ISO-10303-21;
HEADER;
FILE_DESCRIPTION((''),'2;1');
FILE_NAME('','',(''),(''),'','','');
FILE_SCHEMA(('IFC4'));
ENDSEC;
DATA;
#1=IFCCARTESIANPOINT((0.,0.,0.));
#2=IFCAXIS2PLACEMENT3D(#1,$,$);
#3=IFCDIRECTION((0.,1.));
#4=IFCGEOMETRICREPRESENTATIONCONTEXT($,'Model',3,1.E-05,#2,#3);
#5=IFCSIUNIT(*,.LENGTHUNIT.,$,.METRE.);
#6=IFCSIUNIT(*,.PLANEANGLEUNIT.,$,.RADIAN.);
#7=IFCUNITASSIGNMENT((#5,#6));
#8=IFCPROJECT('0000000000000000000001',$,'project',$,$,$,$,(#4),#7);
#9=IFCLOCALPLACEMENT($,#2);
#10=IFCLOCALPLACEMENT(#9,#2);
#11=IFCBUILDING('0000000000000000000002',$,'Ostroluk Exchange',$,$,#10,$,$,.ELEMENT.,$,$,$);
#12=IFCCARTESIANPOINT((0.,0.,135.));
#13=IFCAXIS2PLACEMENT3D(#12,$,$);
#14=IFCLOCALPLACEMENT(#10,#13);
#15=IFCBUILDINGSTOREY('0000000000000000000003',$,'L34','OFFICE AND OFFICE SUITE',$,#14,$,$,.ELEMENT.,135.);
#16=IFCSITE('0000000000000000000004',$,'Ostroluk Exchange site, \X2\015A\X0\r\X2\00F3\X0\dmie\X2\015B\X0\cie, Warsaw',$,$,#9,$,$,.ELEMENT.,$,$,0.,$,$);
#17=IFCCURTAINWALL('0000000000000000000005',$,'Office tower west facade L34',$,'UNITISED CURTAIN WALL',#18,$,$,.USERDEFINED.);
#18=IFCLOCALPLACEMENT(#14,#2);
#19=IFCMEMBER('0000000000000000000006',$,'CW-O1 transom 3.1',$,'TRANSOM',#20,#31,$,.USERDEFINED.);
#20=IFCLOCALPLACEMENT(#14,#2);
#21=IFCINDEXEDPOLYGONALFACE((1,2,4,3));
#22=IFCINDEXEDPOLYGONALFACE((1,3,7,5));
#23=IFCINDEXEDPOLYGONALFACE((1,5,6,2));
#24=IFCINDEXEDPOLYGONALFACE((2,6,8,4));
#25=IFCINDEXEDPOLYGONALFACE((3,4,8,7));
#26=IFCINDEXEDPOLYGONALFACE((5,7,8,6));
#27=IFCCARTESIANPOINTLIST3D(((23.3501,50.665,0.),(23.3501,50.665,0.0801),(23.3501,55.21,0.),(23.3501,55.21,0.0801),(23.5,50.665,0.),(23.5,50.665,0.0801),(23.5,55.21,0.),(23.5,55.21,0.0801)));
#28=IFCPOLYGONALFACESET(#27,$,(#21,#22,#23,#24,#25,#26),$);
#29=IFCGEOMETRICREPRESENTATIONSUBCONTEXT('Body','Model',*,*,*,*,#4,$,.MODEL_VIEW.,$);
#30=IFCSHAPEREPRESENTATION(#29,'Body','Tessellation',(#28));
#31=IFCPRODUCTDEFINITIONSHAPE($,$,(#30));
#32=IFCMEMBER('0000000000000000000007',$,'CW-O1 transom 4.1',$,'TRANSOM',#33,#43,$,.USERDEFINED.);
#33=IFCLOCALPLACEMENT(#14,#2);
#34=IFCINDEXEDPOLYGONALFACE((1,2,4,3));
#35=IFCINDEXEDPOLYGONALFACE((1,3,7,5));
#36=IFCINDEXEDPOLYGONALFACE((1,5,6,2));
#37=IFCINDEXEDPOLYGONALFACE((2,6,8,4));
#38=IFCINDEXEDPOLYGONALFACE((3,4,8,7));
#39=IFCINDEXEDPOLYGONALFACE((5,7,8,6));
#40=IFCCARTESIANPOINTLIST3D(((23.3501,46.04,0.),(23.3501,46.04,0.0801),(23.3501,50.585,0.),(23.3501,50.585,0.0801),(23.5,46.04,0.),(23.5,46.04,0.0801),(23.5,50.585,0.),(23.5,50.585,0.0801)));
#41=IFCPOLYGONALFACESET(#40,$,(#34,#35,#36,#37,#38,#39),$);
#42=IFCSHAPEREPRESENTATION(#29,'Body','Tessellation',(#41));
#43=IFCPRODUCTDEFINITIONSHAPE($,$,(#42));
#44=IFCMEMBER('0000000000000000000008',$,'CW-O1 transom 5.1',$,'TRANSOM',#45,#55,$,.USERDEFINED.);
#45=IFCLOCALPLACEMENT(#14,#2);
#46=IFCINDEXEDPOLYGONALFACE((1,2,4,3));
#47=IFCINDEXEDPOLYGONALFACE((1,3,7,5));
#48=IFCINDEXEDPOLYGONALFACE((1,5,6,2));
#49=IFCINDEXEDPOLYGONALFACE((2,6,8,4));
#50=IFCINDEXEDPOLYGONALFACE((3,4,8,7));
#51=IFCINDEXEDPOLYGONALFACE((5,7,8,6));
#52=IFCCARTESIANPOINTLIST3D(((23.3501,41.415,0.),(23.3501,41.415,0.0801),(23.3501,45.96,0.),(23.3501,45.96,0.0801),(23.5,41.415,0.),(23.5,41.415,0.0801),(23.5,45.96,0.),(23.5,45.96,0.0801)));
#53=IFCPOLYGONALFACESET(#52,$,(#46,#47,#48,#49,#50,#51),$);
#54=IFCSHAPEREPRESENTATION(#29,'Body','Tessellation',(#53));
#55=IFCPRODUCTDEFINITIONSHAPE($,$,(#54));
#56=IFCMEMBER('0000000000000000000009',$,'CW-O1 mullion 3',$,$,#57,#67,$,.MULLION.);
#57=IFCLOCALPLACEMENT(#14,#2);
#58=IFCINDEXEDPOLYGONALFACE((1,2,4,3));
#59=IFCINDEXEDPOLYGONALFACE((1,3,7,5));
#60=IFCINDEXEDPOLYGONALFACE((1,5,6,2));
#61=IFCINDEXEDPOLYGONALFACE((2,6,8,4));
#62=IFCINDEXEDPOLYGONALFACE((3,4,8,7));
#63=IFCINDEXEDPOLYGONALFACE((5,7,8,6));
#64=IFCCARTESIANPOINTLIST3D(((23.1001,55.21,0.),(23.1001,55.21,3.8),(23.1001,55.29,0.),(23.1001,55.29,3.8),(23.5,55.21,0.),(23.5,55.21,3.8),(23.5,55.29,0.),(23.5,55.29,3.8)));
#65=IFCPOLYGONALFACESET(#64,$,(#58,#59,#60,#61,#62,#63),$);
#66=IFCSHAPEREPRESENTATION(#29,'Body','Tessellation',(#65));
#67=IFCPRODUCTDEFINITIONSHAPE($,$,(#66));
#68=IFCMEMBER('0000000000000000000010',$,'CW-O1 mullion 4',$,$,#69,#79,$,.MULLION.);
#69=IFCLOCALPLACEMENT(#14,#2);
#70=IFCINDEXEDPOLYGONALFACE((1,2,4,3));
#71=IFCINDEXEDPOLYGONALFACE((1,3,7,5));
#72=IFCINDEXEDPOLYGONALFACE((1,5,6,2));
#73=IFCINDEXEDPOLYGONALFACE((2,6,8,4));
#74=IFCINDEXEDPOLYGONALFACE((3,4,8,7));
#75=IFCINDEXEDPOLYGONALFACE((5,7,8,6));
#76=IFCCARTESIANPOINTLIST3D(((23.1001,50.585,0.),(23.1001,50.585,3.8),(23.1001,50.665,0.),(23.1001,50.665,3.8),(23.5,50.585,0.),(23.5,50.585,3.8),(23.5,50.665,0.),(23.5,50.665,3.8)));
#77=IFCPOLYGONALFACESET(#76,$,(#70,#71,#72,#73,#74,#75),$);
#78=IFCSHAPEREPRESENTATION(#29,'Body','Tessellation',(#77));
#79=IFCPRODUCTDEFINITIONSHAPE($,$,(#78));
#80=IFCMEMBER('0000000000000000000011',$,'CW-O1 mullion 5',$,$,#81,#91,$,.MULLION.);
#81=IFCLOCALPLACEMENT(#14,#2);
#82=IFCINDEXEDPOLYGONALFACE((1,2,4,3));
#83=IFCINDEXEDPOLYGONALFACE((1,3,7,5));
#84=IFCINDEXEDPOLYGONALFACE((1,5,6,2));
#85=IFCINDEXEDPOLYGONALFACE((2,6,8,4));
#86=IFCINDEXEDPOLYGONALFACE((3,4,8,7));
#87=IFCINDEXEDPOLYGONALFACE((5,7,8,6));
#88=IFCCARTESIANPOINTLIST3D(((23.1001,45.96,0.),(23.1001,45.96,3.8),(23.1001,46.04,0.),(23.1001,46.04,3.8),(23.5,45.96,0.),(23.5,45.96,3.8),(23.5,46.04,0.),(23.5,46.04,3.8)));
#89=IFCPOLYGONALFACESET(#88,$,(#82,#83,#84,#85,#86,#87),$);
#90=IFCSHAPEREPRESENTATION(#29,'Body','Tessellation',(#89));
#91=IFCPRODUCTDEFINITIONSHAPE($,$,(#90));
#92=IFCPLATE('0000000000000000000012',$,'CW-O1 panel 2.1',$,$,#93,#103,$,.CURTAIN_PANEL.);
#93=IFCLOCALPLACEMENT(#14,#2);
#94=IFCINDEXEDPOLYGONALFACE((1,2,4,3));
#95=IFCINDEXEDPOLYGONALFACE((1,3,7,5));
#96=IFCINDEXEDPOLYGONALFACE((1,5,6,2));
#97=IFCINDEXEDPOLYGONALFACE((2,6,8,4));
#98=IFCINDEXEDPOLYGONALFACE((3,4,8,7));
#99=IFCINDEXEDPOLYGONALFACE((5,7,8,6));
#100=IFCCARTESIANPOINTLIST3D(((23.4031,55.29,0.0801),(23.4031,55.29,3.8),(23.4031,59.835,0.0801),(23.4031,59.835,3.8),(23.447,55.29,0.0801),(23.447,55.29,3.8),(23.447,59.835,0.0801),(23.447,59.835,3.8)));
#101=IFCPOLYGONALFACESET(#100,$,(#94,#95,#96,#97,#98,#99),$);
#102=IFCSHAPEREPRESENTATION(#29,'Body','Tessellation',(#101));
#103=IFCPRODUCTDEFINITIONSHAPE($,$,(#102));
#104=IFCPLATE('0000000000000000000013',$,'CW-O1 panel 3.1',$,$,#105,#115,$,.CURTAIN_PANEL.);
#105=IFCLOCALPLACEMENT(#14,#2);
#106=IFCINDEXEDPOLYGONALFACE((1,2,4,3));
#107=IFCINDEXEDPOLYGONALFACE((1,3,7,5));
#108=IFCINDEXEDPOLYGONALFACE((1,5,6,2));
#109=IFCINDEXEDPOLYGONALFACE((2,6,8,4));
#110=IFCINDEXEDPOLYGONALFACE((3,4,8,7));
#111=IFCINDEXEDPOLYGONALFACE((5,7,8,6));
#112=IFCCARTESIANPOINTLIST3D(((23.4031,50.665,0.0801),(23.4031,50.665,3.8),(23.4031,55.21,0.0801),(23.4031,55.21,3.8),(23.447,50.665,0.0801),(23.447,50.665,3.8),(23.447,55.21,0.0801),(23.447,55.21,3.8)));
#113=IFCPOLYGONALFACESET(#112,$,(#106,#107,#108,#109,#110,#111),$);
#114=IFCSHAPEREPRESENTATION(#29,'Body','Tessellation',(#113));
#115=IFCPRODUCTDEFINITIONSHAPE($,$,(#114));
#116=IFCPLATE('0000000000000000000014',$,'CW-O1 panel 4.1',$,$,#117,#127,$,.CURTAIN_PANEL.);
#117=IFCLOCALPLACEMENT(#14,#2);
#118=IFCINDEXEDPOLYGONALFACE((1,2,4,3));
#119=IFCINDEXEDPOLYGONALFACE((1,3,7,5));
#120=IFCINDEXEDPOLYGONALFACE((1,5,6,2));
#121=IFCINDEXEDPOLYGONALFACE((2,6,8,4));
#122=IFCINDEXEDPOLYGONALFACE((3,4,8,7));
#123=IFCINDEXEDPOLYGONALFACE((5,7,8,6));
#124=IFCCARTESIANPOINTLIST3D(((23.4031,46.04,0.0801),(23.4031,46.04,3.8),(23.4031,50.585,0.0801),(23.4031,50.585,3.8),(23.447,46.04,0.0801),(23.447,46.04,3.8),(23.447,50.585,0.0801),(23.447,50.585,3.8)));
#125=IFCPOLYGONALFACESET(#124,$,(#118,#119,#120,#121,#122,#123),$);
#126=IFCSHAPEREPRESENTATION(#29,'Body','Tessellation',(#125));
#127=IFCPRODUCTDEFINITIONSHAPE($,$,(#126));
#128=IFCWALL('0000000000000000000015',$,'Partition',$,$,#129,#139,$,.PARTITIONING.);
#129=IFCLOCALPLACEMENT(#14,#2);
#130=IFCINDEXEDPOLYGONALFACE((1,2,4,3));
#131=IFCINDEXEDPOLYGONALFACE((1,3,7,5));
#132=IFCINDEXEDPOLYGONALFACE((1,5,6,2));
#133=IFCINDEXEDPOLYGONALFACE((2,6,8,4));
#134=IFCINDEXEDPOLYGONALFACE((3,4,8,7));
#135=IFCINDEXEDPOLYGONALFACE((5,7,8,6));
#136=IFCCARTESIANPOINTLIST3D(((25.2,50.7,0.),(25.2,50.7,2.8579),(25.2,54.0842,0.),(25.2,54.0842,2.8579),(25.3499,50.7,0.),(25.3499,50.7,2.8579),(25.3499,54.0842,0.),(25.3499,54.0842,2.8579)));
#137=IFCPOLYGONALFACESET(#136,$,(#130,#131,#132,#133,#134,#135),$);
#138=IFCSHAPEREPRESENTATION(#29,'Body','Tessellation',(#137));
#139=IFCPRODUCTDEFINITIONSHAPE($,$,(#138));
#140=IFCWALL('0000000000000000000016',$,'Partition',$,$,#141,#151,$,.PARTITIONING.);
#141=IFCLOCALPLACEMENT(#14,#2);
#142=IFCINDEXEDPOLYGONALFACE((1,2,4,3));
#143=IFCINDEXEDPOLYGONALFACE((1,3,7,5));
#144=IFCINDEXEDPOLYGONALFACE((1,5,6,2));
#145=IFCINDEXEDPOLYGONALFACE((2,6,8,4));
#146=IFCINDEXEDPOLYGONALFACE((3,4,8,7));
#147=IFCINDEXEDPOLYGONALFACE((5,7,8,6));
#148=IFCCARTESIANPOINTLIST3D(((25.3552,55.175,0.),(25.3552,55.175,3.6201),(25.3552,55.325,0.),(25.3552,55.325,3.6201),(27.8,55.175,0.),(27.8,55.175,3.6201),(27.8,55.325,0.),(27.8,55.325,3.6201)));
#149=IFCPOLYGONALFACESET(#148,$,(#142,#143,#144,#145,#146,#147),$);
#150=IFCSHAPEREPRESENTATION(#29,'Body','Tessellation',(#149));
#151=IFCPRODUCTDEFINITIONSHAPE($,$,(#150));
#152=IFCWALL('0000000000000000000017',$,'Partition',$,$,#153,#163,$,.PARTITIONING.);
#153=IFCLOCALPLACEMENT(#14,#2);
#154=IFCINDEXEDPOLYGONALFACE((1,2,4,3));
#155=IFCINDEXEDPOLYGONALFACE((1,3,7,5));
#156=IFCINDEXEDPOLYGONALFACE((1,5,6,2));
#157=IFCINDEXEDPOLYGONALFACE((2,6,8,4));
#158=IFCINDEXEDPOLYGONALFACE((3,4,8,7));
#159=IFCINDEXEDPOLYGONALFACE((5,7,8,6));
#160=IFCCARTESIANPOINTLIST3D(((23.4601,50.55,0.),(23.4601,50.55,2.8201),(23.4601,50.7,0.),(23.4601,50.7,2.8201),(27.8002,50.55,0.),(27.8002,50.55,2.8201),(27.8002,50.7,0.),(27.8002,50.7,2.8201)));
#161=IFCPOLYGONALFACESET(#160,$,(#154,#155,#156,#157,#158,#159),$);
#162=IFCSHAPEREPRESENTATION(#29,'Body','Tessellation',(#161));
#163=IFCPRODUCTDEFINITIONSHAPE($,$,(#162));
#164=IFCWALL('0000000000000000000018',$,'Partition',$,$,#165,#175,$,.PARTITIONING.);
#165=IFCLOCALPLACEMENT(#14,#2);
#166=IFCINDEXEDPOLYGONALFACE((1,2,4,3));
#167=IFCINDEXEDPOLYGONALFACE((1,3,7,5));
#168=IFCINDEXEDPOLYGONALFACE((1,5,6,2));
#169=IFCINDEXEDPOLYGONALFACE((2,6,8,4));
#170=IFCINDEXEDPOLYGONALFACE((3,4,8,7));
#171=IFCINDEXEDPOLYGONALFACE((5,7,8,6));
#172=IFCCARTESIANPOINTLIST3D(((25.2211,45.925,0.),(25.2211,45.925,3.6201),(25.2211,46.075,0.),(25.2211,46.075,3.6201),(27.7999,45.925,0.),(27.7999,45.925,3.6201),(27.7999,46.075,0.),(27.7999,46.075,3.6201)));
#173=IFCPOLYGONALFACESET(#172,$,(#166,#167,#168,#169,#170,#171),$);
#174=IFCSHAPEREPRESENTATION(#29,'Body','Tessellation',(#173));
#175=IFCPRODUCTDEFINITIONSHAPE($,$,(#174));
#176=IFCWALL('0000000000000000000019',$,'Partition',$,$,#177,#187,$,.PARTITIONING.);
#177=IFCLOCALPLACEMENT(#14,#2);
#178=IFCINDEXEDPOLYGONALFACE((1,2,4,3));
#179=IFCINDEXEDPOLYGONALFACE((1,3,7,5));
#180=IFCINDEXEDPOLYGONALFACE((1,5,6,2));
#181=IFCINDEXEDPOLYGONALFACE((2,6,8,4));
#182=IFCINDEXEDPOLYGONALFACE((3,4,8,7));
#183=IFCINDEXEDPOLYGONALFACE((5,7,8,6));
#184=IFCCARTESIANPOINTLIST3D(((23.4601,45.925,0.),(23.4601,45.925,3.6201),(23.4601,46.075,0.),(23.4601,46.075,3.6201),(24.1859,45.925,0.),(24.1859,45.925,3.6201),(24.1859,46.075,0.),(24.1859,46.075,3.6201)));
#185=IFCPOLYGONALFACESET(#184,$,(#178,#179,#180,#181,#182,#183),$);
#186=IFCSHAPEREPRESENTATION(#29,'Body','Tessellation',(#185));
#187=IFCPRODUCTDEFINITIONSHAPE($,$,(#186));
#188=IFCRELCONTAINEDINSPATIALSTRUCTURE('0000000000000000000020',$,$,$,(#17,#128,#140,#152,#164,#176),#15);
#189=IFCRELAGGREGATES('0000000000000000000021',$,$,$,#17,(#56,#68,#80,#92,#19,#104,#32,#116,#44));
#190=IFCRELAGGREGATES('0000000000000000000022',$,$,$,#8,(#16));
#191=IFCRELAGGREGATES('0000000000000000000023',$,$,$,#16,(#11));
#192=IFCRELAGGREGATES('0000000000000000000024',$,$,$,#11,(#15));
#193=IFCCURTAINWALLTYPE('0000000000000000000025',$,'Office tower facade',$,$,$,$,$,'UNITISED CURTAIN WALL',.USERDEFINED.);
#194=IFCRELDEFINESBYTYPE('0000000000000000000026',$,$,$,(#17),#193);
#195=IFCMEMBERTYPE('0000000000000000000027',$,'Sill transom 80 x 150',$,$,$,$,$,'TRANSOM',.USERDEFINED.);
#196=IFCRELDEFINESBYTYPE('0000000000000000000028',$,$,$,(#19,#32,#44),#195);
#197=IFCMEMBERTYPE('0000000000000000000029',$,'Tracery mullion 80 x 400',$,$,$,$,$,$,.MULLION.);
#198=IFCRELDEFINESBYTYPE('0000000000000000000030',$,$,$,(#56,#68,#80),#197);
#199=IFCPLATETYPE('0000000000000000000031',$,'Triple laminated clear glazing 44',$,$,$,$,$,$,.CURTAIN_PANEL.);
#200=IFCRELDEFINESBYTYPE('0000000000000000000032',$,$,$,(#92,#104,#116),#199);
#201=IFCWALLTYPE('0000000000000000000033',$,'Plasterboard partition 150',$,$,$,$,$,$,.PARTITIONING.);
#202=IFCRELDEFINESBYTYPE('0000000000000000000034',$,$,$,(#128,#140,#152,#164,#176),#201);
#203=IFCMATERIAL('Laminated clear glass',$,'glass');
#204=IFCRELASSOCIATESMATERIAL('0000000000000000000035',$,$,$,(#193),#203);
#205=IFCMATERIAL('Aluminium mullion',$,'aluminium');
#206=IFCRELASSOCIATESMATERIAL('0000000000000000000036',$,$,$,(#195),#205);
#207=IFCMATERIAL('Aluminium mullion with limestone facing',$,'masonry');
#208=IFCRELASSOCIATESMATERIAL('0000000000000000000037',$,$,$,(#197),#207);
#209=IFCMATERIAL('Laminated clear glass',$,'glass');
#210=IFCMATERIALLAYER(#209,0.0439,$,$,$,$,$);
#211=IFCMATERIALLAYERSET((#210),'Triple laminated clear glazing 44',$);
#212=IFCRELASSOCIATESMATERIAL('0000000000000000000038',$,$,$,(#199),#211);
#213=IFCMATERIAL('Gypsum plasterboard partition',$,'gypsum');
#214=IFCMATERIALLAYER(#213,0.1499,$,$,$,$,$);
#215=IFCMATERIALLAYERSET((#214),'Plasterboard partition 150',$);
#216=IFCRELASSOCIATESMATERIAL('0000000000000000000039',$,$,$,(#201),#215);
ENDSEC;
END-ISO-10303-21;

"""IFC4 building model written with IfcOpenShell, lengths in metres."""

from ifc_helpers import new_model, si_unit, direction, frame, frame_2d, origin, origin_2d, place, context, subcontext, project, spatial, rectangle, extrude, material, layer, layer_set, material_profile, profile_set, type_object, element, aggregate, save


model = new_model("IFC4")

# Units and contexts
model_context = context("Model", 3, precision=1e-05, world=origin(), true_north=direction((0.0, 1.0)))
body_context = subcontext(model_context, "Body", "Model", "MODEL_VIEW")
ifc_project = project(units=[si_unit("LENGTHUNIT", "METRE"), si_unit("PLANEANGLEUNIT", "RADIAN")], contexts=[model_context])

# Site, building, storey
site_placement = place(None, origin())
site = spatial("IfcSite", under=ifc_project, at=site_placement, Name="Ostroluk Exchange site, Śródmieście, Warsaw", CompositionType="ELEMENT", RefElevation=0.0)
building_placement = place(site_placement, origin())
building = spatial("IfcBuilding", under=site, at=building_placement, Name="Ostroluk Exchange", CompositionType="ELEMENT")
storey_placement = place(building_placement, frame((0.0, 0.0, 135.0)))
storey = spatial("IfcBuildingStorey", under=building, at=storey_placement, Name="L34", Description="OFFICE AND OFFICE SUITE", CompositionType="ELEMENT", Elevation=135.0)

# Curtain wall, members, plates
ifc_material_1 = material(Name="Laminated clear glass", Category="glass")
curtain_wall_type = type_object("IfcCurtainWallType", Name="Office tower facade", ElementType="UNITISED CURTAIN WALL", PredefinedType="USERDEFINED", material=ifc_material_1)
curtain_wall_placement = place(storey_placement, origin())
curtain_wall = element("IfcCurtainWall", 1, at=curtain_wall_placement, inside=storey, type_object=curtain_wall_type, Name="Office tower west facade L34", ObjectType="UNITISED CURTAIN WALL", PredefinedType="USERDEFINED")
ifc_material_2 = material(Name="Aluminium mullion", Category="aluminium")
ifc_material_profile_1 = material_profile(ifc_material_2, rectangle(XDim=0.1499, YDim=0.0801, at=origin_2d()), Name="Sill transom 80 x 150")
ifc_profile_set_1 = profile_set([ifc_material_profile_1], Name="Aluminium mullion")
member_type_1 = type_object("IfcMemberType", Name="Sill transom 80 x 150", ElementType="TRANSOM", PredefinedType="USERDEFINED", material=ifc_profile_set_1)
member_1_placement = place(storey_placement, frame((23.425, 55.21, 0.04), z_axis=(0.0, -1.0, 0.0), x_axis=(1.0, 0.0, 0.0)))
member_1 = element("IfcMember", 2, at=member_1_placement, type_object=member_type_1, Name="CW-O1 transom 3.1", ObjectType="TRANSOM", PredefinedType="USERDEFINED", context=body_context, shape_type="SweptSolid", body=[
    extrude(rectangle(XDim=0.1499, YDim=0.0801, at=origin_2d()), origin(), (0.0, 0.0, 1.0), 4.5449),
])
member_2_placement = place(storey_placement, frame((23.425, 50.585, 0.04), z_axis=(0.0, -1.0, 0.0), x_axis=(1.0, 0.0, 0.0)))
member_2 = element("IfcMember", 3, at=member_2_placement, type_object=member_type_1, Name="CW-O1 transom 4.1", ObjectType="TRANSOM", PredefinedType="USERDEFINED", context=body_context, shape_type="SweptSolid", body=[
    extrude(rectangle(XDim=0.1499, YDim=0.0801, at=origin_2d()), origin(), (0.0, 0.0, 1.0), 4.5449),
])
member_3_placement = place(storey_placement, frame((23.425, 45.96, 0.04), z_axis=(0.0, -1.0, 0.0), x_axis=(1.0, 0.0, 0.0)))
member_3 = element("IfcMember", 4, at=member_3_placement, type_object=member_type_1, Name="CW-O1 transom 5.1", ObjectType="TRANSOM", PredefinedType="USERDEFINED", context=body_context, shape_type="SweptSolid", body=[
    extrude(rectangle(XDim=0.1499, YDim=0.0801, at=origin_2d()), origin(), (0.0, 0.0, 1.0), 4.5449),
])
ifc_material_3 = material(Name="Aluminium mullion with limestone facing", Category="masonry")
ifc_material_profile_2 = material_profile(ifc_material_3, rectangle(XDim=0.3999, YDim=0.0801, at=origin_2d()), Name="Tracery mullion 80 x 400")
ifc_profile_set_2 = profile_set([ifc_material_profile_2], Name="Aluminium mullion with limestone facing")
member_type_2 = type_object("IfcMemberType", Name="Tracery mullion 80 x 400", PredefinedType="MULLION", material=ifc_profile_set_2)
member_4_placement = place(storey_placement, frame((23.3, 55.25, 0.0), z_axis=(0.0, 0.0, 1.0), x_axis=(1.0, 0.0, 0.0)))
member_4 = element("IfcMember", 5, at=member_4_placement, type_object=member_type_2, Name="CW-O1 mullion 3", PredefinedType="MULLION", context=body_context, shape_type="SweptSolid", body=[
    extrude(rectangle(XDim=0.3999, YDim=0.0801, at=origin_2d()), origin(), (0.0, 0.0, 1.0), 3.8),
])
member_5_placement = place(storey_placement, frame((23.3, 50.625, 0.0), z_axis=(0.0, 0.0, 1.0), x_axis=(1.0, 0.0, 0.0)))
member_5 = element("IfcMember", 6, at=member_5_placement, type_object=member_type_2, Name="CW-O1 mullion 4", PredefinedType="MULLION", context=body_context, shape_type="SweptSolid", body=[
    extrude(rectangle(XDim=0.3999, YDim=0.0801, at=origin_2d()), origin(), (0.0, 0.0, 1.0), 3.8),
])
member_6_placement = place(storey_placement, frame((23.3, 46.0, 0.0), z_axis=(0.0, 0.0, 1.0), x_axis=(1.0, 0.0, 0.0)))
member_6 = element("IfcMember", 7, at=member_6_placement, type_object=member_type_2, Name="CW-O1 mullion 5", PredefinedType="MULLION", context=body_context, shape_type="SweptSolid", body=[
    extrude(rectangle(XDim=0.3999, YDim=0.0801, at=origin_2d()), origin(), (0.0, 0.0, 1.0), 3.8),
])
ifc_material_4 = material(Name="Laminated clear glass", Category="glass")
ifc_layer_1 = layer(ifc_material_4, 0.0439)
ifc_layer_set_1 = layer_set([ifc_layer_1], Name="Triple laminated clear glazing 44")
plate_type = type_object("IfcPlateType", Name="Triple laminated clear glazing 44", PredefinedType="CURTAIN_PANEL", material=ifc_layer_set_1)
plate_1_placement = place(storey_placement, frame((23.425, 57.5625, 0.0801), z_axis=(0.0, 0.0, 1.0), x_axis=(0.0, -1.0, 0.0)))
plate_1 = element("IfcPlate", 8, at=plate_1_placement, type_object=plate_type, Name="CW-O1 panel 2.1", PredefinedType="CURTAIN_PANEL", context=body_context, shape_type="SweptSolid", body=[
    extrude(rectangle(XDim=4.5449, YDim=0.0439, at=origin_2d()), origin(), (0.0, 0.0, 1.0), 3.72),
])
plate_2_placement = place(storey_placement, frame((23.425, 52.9375, 0.0801), z_axis=(0.0, 0.0, 1.0), x_axis=(0.0, -1.0, 0.0)))
plate_2 = element("IfcPlate", 9, at=plate_2_placement, type_object=plate_type, Name="CW-O1 panel 3.1", PredefinedType="CURTAIN_PANEL", context=body_context, shape_type="SweptSolid", body=[
    extrude(rectangle(XDim=4.5449, YDim=0.0439, at=origin_2d()), origin(), (0.0, 0.0, 1.0), 3.72),
])
plate_3_placement = place(storey_placement, frame((23.425, 48.3125, 0.0801), z_axis=(0.0, 0.0, 1.0), x_axis=(0.0, -1.0, 0.0)))
plate_3 = element("IfcPlate", 10, at=plate_3_placement, type_object=plate_type, Name="CW-O1 panel 4.1", PredefinedType="CURTAIN_PANEL", context=body_context, shape_type="SweptSolid", body=[
    extrude(rectangle(XDim=4.5449, YDim=0.0439, at=origin_2d()), origin(), (0.0, 0.0, 1.0), 3.72),
])
aggregate(curtain_wall, [member_4, member_5, member_6, plate_1, member_1, plate_2, member_2, plate_3, member_3])

# Walls
ifc_material_5 = material(Name="Gypsum plasterboard partition", Category="gypsum")
ifc_layer_2 = layer(ifc_material_5, 0.1499)
ifc_layer_set_2 = layer_set([ifc_layer_2], Name="Plasterboard partition 150")
wall_type = type_object("IfcWallType", Name="Plasterboard partition 150", PredefinedType="PARTITIONING", material=ifc_layer_set_2)
wall_1_placement = place(storey_placement, frame((25.2749, 54.0842, 0.0), z_axis=(0.0, 0.0, 1.0), x_axis=(0.0, -1.0, 0.0)))
element("IfcWall", 11, at=wall_1_placement, inside=storey, type_object=wall_type, Name="Partition", PredefinedType="PARTITIONING", context=body_context, shape_type="SweptSolid", body=[
    extrude(rectangle(XDim=3.3843, YDim=0.1499, at=frame_2d((1.6921, 0.0))), origin(), (0.0, 0.0, 1.0), 2.8579),
])
wall_2_placement = place(storey_placement, frame((27.8, 55.25, 0.0), z_axis=(0.0, 0.0, 1.0), x_axis=(-1.0, 0.0, 0.0)))
element("IfcWall", 12, at=wall_2_placement, inside=storey, type_object=wall_type, Name="Partition", PredefinedType="PARTITIONING", context=body_context, shape_type="SweptSolid", body=[
    extrude(rectangle(XDim=2.4448, YDim=0.1499, at=frame_2d((1.2224, 0.0))), origin(), (0.0, 0.0, 1.0), 3.6201),
])
wall_3_placement = place(storey_placement, frame((27.8, 50.625, 0.0), z_axis=(0.0, 0.0, 1.0), x_axis=(-1.0, 0.0, 0.0)))
element("IfcWall", 13, at=wall_3_placement, inside=storey, type_object=wall_type, Name="Partition", PredefinedType="PARTITIONING", context=body_context, shape_type="SweptSolid", body=[
    extrude(rectangle(XDim=4.3401, YDim=0.1499, at=frame_2d((2.1699, 0.0))), origin(), (0.0, 0.0, 1.0), 2.8201),
])
wall_4_placement = place(storey_placement, frame((27.8, 46.0, 0.0), z_axis=(0.0, 0.0, 1.0), x_axis=(-1.0, 0.0, 0.0)))
element("IfcWall", 14, at=wall_4_placement, inside=storey, type_object=wall_type, Name="Partition", PredefinedType="PARTITIONING", context=body_context, shape_type="SweptSolid", body=[
    extrude(rectangle(XDim=2.5789, YDim=0.1499, at=frame_2d((1.2896, 0.0))), origin(), (0.0, 0.0, 1.0), 3.6201),
])
wall_5_placement = place(storey_placement, frame((24.1858, 46.0, 0.0), z_axis=(0.0, 0.0, 1.0), x_axis=(-1.0, 0.0, 0.0)))
element("IfcWall", 15, at=wall_5_placement, inside=storey, type_object=wall_type, Name="Partition", PredefinedType="PARTITIONING", context=body_context, shape_type="SweptSolid", body=[
    extrude(rectangle(XDim=0.7258, YDim=0.1499, at=frame_2d((0.3628, 0.0))), origin(), (0.0, 0.0, 1.0), 3.6201),
])

save(model, "model.ifc")
